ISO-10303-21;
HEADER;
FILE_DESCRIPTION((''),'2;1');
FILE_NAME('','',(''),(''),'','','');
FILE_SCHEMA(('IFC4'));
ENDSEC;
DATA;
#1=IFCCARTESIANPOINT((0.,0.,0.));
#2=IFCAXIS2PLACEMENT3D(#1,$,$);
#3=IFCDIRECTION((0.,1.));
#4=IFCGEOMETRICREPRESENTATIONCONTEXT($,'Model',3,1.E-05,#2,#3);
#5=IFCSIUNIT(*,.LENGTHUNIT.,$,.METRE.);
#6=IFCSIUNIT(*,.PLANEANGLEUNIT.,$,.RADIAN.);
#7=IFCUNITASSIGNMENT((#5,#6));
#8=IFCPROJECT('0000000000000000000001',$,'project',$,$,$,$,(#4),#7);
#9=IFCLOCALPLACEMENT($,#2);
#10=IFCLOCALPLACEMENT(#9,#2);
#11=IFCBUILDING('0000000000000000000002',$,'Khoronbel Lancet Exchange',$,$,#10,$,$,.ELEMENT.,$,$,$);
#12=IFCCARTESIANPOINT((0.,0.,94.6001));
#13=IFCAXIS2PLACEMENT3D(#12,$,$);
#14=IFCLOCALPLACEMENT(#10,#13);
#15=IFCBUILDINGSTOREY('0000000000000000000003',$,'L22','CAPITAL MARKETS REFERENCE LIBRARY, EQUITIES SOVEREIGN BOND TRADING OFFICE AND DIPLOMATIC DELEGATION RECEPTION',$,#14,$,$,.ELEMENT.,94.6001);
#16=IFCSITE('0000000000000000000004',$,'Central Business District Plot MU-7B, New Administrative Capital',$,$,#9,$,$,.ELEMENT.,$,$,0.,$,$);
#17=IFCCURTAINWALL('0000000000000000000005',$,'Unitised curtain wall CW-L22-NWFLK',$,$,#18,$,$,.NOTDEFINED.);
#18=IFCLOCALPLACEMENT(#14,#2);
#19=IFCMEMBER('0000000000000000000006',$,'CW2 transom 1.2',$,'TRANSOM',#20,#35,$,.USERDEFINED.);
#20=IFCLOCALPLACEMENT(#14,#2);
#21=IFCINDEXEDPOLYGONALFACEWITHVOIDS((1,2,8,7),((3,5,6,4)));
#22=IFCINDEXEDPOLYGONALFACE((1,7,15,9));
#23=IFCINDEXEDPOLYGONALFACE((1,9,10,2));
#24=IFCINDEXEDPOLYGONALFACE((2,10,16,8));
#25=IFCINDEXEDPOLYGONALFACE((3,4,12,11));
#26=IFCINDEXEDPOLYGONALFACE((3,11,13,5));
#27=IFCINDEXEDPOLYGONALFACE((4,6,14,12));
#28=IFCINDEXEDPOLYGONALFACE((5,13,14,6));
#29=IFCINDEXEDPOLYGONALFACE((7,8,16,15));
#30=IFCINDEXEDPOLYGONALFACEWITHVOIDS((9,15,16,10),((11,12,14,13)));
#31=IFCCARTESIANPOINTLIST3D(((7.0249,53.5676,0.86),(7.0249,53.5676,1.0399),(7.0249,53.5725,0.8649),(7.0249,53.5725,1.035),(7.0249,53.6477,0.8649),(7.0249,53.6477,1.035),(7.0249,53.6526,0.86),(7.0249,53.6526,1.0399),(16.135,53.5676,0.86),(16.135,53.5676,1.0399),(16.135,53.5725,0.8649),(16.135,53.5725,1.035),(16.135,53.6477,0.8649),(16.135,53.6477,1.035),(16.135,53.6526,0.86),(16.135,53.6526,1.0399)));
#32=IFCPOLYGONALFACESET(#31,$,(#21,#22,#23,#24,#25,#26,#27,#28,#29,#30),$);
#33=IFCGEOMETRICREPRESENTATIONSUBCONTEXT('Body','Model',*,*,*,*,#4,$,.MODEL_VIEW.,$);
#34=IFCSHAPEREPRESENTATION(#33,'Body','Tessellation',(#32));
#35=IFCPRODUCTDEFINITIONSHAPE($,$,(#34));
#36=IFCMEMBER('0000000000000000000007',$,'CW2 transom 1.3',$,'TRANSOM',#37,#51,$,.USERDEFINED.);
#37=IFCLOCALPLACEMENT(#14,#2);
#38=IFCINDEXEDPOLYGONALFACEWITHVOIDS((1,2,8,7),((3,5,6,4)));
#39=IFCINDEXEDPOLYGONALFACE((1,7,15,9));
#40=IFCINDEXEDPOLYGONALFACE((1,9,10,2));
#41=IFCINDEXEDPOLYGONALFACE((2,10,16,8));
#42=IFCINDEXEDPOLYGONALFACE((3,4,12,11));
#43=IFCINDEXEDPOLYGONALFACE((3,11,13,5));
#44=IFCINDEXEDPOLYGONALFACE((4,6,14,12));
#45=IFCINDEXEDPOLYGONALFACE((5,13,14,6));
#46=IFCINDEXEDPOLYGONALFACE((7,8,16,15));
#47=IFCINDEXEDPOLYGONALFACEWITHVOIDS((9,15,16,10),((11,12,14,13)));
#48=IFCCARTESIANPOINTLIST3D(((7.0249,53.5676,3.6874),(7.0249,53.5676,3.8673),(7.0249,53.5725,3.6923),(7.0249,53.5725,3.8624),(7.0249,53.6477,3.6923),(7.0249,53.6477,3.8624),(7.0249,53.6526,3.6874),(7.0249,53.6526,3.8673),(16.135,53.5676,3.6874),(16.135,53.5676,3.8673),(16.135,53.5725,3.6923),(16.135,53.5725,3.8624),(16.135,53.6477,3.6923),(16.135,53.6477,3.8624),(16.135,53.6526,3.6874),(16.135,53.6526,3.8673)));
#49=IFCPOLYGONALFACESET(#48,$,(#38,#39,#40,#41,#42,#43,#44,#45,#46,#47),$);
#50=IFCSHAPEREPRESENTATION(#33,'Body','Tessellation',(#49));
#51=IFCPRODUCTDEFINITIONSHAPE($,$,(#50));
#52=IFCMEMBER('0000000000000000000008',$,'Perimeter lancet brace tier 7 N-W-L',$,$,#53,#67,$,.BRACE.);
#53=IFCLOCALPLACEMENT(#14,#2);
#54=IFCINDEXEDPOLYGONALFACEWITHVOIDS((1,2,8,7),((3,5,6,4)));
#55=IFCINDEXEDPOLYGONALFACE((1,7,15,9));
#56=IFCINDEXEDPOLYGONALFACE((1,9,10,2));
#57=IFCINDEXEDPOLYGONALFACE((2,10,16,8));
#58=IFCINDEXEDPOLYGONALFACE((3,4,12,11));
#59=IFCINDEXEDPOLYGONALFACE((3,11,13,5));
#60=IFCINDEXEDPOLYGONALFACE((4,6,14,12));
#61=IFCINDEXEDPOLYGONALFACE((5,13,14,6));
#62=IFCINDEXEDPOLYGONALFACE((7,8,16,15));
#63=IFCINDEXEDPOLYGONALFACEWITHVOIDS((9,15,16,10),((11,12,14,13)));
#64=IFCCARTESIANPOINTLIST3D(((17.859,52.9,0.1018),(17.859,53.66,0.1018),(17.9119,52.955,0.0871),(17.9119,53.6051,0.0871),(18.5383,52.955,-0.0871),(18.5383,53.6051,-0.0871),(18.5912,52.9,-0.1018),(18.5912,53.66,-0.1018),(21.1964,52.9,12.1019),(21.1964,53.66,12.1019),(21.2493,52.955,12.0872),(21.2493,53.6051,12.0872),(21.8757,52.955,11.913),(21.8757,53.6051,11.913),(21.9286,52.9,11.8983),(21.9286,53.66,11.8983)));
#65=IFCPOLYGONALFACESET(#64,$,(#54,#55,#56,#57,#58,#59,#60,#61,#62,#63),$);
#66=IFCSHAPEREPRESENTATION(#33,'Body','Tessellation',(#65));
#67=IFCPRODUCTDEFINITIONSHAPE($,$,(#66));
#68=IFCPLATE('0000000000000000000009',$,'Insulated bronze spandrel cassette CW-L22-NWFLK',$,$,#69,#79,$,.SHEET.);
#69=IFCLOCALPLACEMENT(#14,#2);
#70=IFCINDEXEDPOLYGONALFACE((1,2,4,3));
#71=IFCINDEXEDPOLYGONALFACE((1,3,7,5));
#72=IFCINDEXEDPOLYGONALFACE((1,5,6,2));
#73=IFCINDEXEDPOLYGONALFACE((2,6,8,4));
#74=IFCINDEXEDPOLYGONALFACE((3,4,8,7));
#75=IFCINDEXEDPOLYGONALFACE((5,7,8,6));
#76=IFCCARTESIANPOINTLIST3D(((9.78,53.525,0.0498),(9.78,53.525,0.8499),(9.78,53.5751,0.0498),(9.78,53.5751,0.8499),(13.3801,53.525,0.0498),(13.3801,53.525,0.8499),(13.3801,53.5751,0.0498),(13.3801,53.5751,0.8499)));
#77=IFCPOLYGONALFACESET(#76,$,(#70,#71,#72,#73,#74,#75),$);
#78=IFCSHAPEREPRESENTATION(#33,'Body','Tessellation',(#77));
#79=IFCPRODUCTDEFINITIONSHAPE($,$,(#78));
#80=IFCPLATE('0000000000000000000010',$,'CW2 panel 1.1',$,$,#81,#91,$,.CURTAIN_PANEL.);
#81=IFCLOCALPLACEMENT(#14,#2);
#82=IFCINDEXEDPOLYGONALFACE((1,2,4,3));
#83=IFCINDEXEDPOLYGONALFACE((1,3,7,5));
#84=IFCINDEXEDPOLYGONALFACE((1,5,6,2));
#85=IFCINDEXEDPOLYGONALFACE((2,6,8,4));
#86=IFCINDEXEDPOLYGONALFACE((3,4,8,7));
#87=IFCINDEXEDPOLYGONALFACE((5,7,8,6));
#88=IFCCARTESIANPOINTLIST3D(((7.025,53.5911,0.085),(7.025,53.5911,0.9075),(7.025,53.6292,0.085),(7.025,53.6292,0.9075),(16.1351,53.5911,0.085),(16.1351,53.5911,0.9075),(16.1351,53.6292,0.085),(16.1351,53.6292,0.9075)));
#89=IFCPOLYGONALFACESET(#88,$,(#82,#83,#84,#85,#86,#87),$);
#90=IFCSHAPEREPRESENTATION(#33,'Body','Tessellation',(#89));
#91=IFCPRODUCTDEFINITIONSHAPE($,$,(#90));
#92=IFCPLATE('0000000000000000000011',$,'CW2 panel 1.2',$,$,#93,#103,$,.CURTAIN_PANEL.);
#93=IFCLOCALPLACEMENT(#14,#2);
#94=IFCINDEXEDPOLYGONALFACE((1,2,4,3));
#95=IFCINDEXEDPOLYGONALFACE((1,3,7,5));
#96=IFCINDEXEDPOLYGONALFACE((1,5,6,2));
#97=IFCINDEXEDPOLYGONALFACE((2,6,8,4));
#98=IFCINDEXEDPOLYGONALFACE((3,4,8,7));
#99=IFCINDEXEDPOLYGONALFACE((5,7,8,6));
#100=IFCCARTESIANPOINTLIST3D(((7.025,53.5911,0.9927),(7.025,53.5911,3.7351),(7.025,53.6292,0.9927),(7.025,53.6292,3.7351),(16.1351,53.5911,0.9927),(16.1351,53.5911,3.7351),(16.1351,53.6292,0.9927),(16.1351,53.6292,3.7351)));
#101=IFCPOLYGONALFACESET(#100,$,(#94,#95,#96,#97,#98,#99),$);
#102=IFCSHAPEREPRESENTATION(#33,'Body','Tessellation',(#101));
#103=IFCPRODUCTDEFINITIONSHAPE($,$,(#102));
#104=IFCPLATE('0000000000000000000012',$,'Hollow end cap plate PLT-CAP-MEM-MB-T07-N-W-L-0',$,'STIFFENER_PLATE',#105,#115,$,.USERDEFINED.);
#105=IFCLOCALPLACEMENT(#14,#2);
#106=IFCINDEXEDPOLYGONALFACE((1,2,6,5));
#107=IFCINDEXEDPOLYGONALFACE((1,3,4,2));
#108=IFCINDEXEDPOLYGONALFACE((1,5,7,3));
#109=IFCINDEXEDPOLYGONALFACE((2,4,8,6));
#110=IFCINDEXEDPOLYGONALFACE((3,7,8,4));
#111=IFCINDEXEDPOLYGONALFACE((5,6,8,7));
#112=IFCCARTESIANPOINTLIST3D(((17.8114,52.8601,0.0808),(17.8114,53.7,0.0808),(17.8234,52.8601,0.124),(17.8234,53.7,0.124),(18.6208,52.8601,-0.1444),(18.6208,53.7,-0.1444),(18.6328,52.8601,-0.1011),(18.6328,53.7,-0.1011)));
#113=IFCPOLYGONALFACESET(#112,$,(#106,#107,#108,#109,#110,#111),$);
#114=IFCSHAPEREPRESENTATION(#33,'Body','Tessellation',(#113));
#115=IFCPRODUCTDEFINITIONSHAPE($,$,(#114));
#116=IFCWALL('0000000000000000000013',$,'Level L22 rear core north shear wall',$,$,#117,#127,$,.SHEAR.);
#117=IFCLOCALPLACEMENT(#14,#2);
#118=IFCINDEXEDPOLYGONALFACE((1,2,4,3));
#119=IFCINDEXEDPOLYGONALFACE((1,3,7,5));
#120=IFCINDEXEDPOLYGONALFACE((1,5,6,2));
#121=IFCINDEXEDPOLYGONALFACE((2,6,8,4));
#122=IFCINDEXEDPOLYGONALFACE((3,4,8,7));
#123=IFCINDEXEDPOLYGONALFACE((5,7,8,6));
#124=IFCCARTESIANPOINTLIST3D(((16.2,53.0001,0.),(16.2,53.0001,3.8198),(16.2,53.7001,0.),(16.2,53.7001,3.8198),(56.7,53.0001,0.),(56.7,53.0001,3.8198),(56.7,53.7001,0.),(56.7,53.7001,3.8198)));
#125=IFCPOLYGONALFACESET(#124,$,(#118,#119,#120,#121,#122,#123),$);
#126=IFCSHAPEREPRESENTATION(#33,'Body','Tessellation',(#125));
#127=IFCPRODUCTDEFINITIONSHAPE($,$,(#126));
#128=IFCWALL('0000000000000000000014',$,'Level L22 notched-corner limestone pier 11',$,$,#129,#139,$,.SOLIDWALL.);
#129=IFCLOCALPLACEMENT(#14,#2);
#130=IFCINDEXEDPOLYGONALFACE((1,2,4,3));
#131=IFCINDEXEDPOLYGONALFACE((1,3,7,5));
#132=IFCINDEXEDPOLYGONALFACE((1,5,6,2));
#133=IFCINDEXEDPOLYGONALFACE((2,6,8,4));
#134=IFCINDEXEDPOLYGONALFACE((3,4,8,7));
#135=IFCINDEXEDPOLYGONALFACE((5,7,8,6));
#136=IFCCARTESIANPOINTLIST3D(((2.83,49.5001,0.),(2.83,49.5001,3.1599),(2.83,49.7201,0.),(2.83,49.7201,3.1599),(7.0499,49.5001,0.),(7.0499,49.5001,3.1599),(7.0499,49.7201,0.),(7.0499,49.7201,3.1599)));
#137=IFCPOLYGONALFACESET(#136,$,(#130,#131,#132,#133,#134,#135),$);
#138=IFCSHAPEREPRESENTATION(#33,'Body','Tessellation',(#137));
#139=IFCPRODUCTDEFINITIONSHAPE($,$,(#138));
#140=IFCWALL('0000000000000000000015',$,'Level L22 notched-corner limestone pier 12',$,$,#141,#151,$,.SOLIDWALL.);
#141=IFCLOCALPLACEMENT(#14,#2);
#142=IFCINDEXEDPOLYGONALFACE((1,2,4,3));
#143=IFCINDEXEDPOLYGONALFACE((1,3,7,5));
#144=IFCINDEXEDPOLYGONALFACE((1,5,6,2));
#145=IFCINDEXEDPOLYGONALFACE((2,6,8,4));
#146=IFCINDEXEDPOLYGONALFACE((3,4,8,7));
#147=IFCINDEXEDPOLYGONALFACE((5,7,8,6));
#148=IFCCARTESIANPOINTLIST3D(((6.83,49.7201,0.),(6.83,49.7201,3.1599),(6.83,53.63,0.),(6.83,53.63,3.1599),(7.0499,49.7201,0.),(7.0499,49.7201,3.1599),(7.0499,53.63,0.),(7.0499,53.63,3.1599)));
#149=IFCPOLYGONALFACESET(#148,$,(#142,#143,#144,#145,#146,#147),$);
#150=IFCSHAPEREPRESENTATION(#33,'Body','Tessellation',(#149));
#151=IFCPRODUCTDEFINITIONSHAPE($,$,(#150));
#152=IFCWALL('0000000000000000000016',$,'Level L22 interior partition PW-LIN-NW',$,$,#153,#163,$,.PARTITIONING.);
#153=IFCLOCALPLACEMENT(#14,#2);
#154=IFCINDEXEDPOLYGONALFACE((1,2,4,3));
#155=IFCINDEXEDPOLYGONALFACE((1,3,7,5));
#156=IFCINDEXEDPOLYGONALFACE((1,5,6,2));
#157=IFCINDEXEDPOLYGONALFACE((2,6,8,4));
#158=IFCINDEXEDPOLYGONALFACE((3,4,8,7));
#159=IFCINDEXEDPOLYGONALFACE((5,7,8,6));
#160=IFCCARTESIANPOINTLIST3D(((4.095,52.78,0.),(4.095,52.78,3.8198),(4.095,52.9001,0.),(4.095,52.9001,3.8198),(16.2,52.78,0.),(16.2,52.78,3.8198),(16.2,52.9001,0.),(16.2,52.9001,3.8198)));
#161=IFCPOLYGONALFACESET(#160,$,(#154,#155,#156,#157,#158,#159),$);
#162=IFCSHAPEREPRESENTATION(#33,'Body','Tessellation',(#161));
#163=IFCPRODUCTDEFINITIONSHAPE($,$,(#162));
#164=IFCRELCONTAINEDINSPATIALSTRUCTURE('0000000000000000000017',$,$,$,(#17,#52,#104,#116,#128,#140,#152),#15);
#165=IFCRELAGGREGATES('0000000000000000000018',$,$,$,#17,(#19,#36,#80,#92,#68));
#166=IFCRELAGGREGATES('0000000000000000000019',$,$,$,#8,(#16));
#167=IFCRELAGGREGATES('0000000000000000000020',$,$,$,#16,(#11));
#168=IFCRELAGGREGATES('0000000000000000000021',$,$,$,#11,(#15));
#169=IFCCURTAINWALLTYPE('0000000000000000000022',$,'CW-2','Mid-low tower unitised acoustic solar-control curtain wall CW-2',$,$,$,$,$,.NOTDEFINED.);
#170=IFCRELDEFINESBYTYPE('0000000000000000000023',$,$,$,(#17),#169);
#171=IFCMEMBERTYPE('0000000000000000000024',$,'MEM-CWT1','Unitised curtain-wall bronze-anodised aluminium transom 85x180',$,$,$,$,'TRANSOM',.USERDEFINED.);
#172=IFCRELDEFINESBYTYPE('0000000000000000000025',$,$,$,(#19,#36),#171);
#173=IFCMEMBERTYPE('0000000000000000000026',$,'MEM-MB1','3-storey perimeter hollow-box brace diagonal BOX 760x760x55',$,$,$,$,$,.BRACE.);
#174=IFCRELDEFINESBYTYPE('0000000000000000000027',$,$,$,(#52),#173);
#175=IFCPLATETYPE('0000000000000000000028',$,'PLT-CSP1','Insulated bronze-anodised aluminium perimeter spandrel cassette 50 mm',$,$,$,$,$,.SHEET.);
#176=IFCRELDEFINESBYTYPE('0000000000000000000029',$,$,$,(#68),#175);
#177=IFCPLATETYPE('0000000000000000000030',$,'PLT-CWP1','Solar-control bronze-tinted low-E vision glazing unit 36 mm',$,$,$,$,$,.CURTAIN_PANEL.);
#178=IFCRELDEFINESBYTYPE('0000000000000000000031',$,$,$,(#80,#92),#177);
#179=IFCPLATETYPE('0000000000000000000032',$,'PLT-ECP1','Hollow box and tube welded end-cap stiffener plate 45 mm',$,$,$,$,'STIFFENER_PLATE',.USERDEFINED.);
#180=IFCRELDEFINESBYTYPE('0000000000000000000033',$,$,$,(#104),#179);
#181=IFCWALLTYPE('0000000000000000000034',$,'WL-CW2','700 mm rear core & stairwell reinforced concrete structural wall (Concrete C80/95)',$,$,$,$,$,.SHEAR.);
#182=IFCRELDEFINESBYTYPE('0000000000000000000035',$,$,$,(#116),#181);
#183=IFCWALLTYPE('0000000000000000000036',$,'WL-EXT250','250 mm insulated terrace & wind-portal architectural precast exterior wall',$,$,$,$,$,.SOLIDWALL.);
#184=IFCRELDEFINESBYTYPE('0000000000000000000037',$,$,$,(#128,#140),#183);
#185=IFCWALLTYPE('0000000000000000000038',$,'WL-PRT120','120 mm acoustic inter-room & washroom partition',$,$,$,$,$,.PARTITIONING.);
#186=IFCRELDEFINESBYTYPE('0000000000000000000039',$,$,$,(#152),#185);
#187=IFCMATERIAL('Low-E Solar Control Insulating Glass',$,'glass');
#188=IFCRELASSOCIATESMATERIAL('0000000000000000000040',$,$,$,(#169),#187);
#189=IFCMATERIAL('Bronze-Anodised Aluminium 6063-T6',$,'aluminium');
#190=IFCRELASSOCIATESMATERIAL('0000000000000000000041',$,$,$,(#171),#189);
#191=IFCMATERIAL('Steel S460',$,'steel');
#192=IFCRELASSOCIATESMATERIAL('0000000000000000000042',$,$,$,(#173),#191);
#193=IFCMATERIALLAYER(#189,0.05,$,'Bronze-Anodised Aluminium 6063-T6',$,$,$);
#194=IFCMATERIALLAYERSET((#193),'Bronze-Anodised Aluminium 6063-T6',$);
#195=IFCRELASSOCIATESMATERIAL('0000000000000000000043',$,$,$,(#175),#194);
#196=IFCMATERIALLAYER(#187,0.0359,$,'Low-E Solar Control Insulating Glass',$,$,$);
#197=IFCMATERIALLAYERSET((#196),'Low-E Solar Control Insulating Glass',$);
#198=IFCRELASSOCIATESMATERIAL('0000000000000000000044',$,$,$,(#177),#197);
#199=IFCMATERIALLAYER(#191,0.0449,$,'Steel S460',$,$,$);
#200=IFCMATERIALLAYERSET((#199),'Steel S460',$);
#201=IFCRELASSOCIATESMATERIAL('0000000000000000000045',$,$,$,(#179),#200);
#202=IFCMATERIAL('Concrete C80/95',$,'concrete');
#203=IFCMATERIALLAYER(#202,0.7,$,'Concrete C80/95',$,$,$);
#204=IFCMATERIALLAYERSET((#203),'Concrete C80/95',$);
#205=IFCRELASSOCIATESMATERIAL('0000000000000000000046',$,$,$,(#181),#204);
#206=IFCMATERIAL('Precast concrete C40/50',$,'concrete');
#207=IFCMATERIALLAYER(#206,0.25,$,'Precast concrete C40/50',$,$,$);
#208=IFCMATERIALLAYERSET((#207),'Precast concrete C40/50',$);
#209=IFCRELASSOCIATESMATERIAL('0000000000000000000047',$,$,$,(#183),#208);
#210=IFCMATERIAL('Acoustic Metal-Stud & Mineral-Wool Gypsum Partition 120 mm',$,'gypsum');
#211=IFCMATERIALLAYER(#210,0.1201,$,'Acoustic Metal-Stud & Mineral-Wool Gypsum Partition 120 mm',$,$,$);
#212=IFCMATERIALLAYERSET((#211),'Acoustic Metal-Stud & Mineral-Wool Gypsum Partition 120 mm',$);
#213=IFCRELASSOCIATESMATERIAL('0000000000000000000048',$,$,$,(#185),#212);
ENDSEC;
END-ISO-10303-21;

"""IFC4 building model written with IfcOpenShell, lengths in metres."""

from ifc_helpers import new_model, si_unit, direction, frame, frame_2d, origin, origin_2d, place, context, subcontext, project, spatial, polyline, rectangle, hollow_rectangle, outline, extrude, material, layer, layer_set, material_profile, profile_set, type_object, element, aggregate, save


model = new_model("IFC4")

# Units and contexts
model_context = context("Model", 3, precision=1e-05, world=origin(), true_north=direction((0.0, 1.0)))
body_context = subcontext(model_context, "Body", "Model", "MODEL_VIEW")
ifc_project = project(units=[si_unit("LENGTHUNIT", "METRE"), si_unit("PLANEANGLEUNIT", "RADIAN")], contexts=[model_context])

# Site, building, storey
site_placement = place(None, origin())
site = spatial("IfcSite", under=ifc_project, at=site_placement, Name="Central Business District Plot MU-7B, New Administrative Capital", CompositionType="ELEMENT", RefElevation=0.0)
building_placement = place(site_placement, origin())
building = spatial("IfcBuilding", under=site, at=building_placement, Name="Khoronbel Lancet Exchange", CompositionType="ELEMENT")
storey_placement = place(building_placement, frame((0.0, 0.0, 94.6001)))
storey = spatial("IfcBuildingStorey", under=building, at=storey_placement, Name="L22", Description="CAPITAL MARKETS REFERENCE LIBRARY, EQUITIES SOVEREIGN BOND TRADING OFFICE AND DIPLOMATIC DELEGATION RECEPTION", CompositionType="ELEMENT", Elevation=94.6001)

# Shared definitions
ifc_material_1 = material(Name="Steel S460", Category="steel")

# Curtain wall, members
ifc_material_2 = material(Name="Low-E Solar Control Insulating Glass", Category="glass")
curtain_wall_type = type_object("IfcCurtainWallType", Name="CW-2", Description="Mid-low tower unitised acoustic solar-control curtain wall CW-2", PredefinedType="NOTDEFINED", material=ifc_material_2)
curtain_wall_placement = place(storey_placement, origin())
curtain_wall = element("IfcCurtainWall", 1, at=curtain_wall_placement, inside=storey, type_object=curtain_wall_type, Name="Unitised curtain wall CW-L22-NWFLK", PredefinedType="NOTDEFINED")
ifc_material_3 = material(Name="Bronze-Anodised Aluminium 6063-T6", Category="aluminium")
ifc_material_profile_1 = material_profile(ifc_material_3, hollow_rectangle(XDim=0.085, YDim=0.1799, WallThickness=0.0049, at=origin_2d()), Name="ALU TRANSOM 85x180")
ifc_profile_set_1 = profile_set([ifc_material_profile_1], Name="Bronze-Anodised Aluminium 6063-T6")
member_type_1 = type_object("IfcMemberType", Name="MEM-CWT1", Description="Unitised curtain-wall bronze-anodised aluminium transom 85x180", ElementType="TRANSOM", PredefinedType="USERDEFINED", material=ifc_profile_set_1)
member_1_placement = place(storey_placement, frame((16.135, 53.6101, 0.95), z_axis=(-1.0, 0.0, 0.0), x_axis=(0.0, -1.0, 0.0)))
member_1 = element("IfcMember", 2, at=member_1_placement, type_object=member_type_1, Name="CW2 transom 1.2", ObjectType="TRANSOM", PredefinedType="USERDEFINED", context=body_context, shape_type="SweptSolid", body=[
    extrude(hollow_rectangle(XDim=0.085, YDim=0.1799, WallThickness=0.0049, at=origin_2d()), origin(), (0.0, 0.0, 1.0), 9.1101),
])
member_2_placement = place(storey_placement, frame((16.135, 53.6101, 3.7773), z_axis=(-1.0, 0.0, 0.0), x_axis=(0.0, -1.0, 0.0)))
member_2 = element("IfcMember", 3, at=member_2_placement, type_object=member_type_1, Name="CW2 transom 1.3", ObjectType="TRANSOM", PredefinedType="USERDEFINED", context=body_context, shape_type="SweptSolid", body=[
    extrude(hollow_rectangle(XDim=0.085, YDim=0.1799, WallThickness=0.0049, at=origin_2d()), origin(), (0.0, 0.0, 1.0), 9.1101),
])

# Member
ifc_material_profile_2 = material_profile(ifc_material_1, hollow_rectangle(XDim=0.76, YDim=0.76, WallThickness=0.0549, at=origin_2d()), Name="BOX 760x760x55")
ifc_profile_set_2 = profile_set([ifc_material_profile_2], Name="Steel S460")
member_type_2 = type_object("IfcMemberType", Name="MEM-MB1", Description="3-storey perimeter hollow-box brace diagonal BOX 760x760x55", PredefinedType="BRACE", material=ifc_profile_set_2)
member_3_placement = place(storey_placement, frame((18.2251, 53.28, 0.0), z_axis=(0.267947, 0.0, 0.963434), x_axis=(0.0, 1.0, 0.0)))
element("IfcMember", 4, at=member_3_placement, inside=storey, type_object=member_type_2, Name="Perimeter lancet brace tier 7 N-W-L", PredefinedType="BRACE", context=body_context, shape_type="SweptSolid", body=[
    extrude(hollow_rectangle(XDim=0.76, YDim=0.76, WallThickness=0.0549, at=origin_2d()), origin(), (0.0, 0.0, 1.0), 12.4556),
])

# Plates
ifc_layer_1 = layer(ifc_material_3, 0.05, Name="Bronze-Anodised Aluminium 6063-T6")
ifc_layer_set_1 = layer_set([ifc_layer_1], Name="Bronze-Anodised Aluminium 6063-T6")
plate_type_1 = type_object("IfcPlateType", Name="PLT-CSP1", Description="Insulated bronze-anodised aluminium perimeter spandrel cassette 50 mm", PredefinedType="SHEET", material=ifc_layer_set_1)
plate_1_placement = place(storey_placement, frame((11.5801, 53.55, 0.0498), z_axis=(0.0, 0.0, 1.0), x_axis=(-1.0, 0.0, 0.0)))
plate_1 = element("IfcPlate", 5, at=plate_1_placement, type_object=plate_type_1, Name="Insulated bronze spandrel cassette CW-L22-NWFLK", PredefinedType="SHEET", context=body_context, shape_type="SweptSolid", body=[
    extrude(rectangle(XDim=3.6001, YDim=0.05, at=origin_2d()), origin(), (0.0, 0.0, 1.0), 0.8),
])
ifc_layer_2 = layer(ifc_material_2, 0.0359, Name="Low-E Solar Control Insulating Glass")
ifc_layer_set_2 = layer_set([ifc_layer_2], Name="Low-E Solar Control Insulating Glass")
plate_type_2 = type_object("IfcPlateType", Name="PLT-CWP1", Description="Solar-control bronze-tinted low-E vision glazing unit 36 mm", PredefinedType="CURTAIN_PANEL", material=ifc_layer_set_2)
plate_2_placement = place(storey_placement, frame((11.5801, 53.6101, 0.085), z_axis=(0.0, 0.0, 1.0), x_axis=(-1.0, 0.0, 0.0)))
plate_2 = element("IfcPlate", 6, at=plate_2_placement, type_object=plate_type_2, Name="CW2 panel 1.1", PredefinedType="CURTAIN_PANEL", context=body_context, shape_type="SweptSolid", body=[
    extrude(rectangle(XDim=9.1101, YDim=0.0381, at=origin_2d()), origin(), (0.0, 0.0, 1.0), 0.8225),
])
plate_3_placement = place(storey_placement, frame((11.5801, 53.6101, 0.9927), z_axis=(0.0, 0.0, 1.0), x_axis=(-1.0, 0.0, 0.0)))
plate_3 = element("IfcPlate", 7, at=plate_3_placement, type_object=plate_type_2, Name="CW2 panel 1.2", PredefinedType="CURTAIN_PANEL", context=body_context, shape_type="SweptSolid", body=[
    extrude(rectangle(XDim=9.1101, YDim=0.0381, at=origin_2d()), origin(), (0.0, 0.0, 1.0), 2.7424),
])
aggregate(curtain_wall, [member_1, member_2, plate_2, plate_3, plate_1])
ifc_layer_3 = layer(ifc_material_1, 0.0449, Name="Steel S460")
ifc_layer_set_3 = layer_set([ifc_layer_3], Name="Steel S460")
plate_type_3 = type_object("IfcPlateType", Name="PLT-ECP1", Description="Hollow box and tube welded end-cap stiffener plate 45 mm", ElementType="STIFFENER_PLATE", PredefinedType="USERDEFINED", material=ifc_layer_set_3)
plate_4_placement = place(storey_placement, frame((18.6328, 52.8601, -0.1011), z_axis=(0.267959, 0.0, 0.96343), x_axis=(0.0, 1.0, 0.0)))
element("IfcPlate", 8, at=plate_4_placement, inside=storey, type_object=plate_type_3, Name="Hollow end cap plate PLT-CAP-MEM-MB-T07-N-W-L-0", ObjectType="STIFFENER_PLATE", PredefinedType="USERDEFINED", context=body_context, shape_type="SweptSolid", body=[
    extrude(outline(polyline([(0.0, 0.0), (0.8398, 0.0), (0.8398, 0.8401), (0.0, 0.8401), (0.0, 0.0)])), origin(), (0.0, 0.0, -1.0), 0.0449),
])

# Walls
ifc_material_4 = material(Name="Concrete C80/95", Category="concrete")
ifc_layer_4 = layer(ifc_material_4, 0.7, Name="Concrete C80/95")
ifc_layer_set_4 = layer_set([ifc_layer_4], Name="Concrete C80/95")
wall_type_1 = type_object("IfcWallType", Name="WL-CW2", Description="700 mm rear core & stairwell reinforced concrete structural wall (Concrete C80/95)", PredefinedType="SHEAR", material=ifc_layer_set_4)
wall_1_placement = place(storey_placement, frame((16.2, 53.3501, 0.0), z_axis=(0.0, 0.0, 1.0), x_axis=(1.0, 0.0, 0.0)))
element("IfcWall", 9, at=wall_1_placement, inside=storey, type_object=wall_type_1, Name="Level L22 rear core north shear wall", PredefinedType="SHEAR", context=body_context, shape_type="SweptSolid", body=[
    extrude(rectangle(XDim=40.5, YDim=0.7, at=frame_2d((20.25, 0.0))), origin(), (0.0, 0.0, 1.0), 3.8198),
])
ifc_material_5 = material(Name="Precast concrete C40/50", Category="concrete")
ifc_layer_5 = layer(ifc_material_5, 0.25, Name="Precast concrete C40/50")
ifc_layer_set_5 = layer_set([ifc_layer_5], Name="Precast concrete C40/50")
wall_type_2 = type_object("IfcWallType", Name="WL-EXT250", Description="250 mm insulated terrace & wind-portal architectural precast exterior wall", PredefinedType="SOLIDWALL", material=ifc_layer_set_5)
wall_2_placement = place(storey_placement, frame((2.8301, 49.6101, 0.0), z_axis=(0.0, 0.0, 1.0), x_axis=(1.0, 0.0, 0.0)))
element("IfcWall", 10, at=wall_2_placement, inside=storey, type_object=wall_type_2, Name="Level L22 notched-corner limestone pier 11", PredefinedType="SOLIDWALL", context=body_context, shape_type="SweptSolid", body=[
    extrude(rectangle(XDim=4.22, YDim=0.22, at=frame_2d((2.1099, 0.0))), origin(), (0.0, 0.0, 1.0), 3.1599),
])
wall_3_placement = place(storey_placement, frame((6.9399, 49.72, 0.0), z_axis=(0.0, 0.0, 1.0), x_axis=(0.0, 1.0, 0.0)))
element("IfcWall", 11, at=wall_3_placement, inside=storey, type_object=wall_type_2, Name="Level L22 notched-corner limestone pier 12", PredefinedType="SOLIDWALL", context=body_context, shape_type="SweptSolid", body=[
    extrude(rectangle(XDim=3.9099, YDim=0.22, at=frame_2d((1.9551, 0.0))), origin(), (0.0, 0.0, 1.0), 3.1599),
])
ifc_material_6 = material(Name="Acoustic Metal-Stud & Mineral-Wool Gypsum Partition 120 mm", Category="gypsum")
ifc_layer_6 = layer(ifc_material_6, 0.1201, Name="Acoustic Metal-Stud & Mineral-Wool Gypsum Partition 120 mm")
ifc_layer_set_6 = layer_set([ifc_layer_6], Name="Acoustic Metal-Stud & Mineral-Wool Gypsum Partition 120 mm")
wall_type_3 = type_object("IfcWallType", Name="WL-PRT120", Description="120 mm acoustic inter-room & washroom partition", PredefinedType="PARTITIONING", material=ifc_layer_set_6)
wall_4_placement = place(storey_placement, frame((4.095, 52.8401, 0.0), z_axis=(0.0, 0.0, 1.0), x_axis=(1.0, 0.0, 0.0)))
element("IfcWall", 12, at=wall_4_placement, inside=storey, type_object=wall_type_3, Name="Level L22 interior partition PW-LIN-NW", PredefinedType="PARTITIONING", context=body_context, shape_type="SweptSolid", body=[
    extrude(rectangle(XDim=12.105, YDim=0.1201, at=frame_2d((6.0525, 0.0))), origin(), (0.0, 0.0, 1.0), 3.8198),
])

save(model, "model.ifc")
